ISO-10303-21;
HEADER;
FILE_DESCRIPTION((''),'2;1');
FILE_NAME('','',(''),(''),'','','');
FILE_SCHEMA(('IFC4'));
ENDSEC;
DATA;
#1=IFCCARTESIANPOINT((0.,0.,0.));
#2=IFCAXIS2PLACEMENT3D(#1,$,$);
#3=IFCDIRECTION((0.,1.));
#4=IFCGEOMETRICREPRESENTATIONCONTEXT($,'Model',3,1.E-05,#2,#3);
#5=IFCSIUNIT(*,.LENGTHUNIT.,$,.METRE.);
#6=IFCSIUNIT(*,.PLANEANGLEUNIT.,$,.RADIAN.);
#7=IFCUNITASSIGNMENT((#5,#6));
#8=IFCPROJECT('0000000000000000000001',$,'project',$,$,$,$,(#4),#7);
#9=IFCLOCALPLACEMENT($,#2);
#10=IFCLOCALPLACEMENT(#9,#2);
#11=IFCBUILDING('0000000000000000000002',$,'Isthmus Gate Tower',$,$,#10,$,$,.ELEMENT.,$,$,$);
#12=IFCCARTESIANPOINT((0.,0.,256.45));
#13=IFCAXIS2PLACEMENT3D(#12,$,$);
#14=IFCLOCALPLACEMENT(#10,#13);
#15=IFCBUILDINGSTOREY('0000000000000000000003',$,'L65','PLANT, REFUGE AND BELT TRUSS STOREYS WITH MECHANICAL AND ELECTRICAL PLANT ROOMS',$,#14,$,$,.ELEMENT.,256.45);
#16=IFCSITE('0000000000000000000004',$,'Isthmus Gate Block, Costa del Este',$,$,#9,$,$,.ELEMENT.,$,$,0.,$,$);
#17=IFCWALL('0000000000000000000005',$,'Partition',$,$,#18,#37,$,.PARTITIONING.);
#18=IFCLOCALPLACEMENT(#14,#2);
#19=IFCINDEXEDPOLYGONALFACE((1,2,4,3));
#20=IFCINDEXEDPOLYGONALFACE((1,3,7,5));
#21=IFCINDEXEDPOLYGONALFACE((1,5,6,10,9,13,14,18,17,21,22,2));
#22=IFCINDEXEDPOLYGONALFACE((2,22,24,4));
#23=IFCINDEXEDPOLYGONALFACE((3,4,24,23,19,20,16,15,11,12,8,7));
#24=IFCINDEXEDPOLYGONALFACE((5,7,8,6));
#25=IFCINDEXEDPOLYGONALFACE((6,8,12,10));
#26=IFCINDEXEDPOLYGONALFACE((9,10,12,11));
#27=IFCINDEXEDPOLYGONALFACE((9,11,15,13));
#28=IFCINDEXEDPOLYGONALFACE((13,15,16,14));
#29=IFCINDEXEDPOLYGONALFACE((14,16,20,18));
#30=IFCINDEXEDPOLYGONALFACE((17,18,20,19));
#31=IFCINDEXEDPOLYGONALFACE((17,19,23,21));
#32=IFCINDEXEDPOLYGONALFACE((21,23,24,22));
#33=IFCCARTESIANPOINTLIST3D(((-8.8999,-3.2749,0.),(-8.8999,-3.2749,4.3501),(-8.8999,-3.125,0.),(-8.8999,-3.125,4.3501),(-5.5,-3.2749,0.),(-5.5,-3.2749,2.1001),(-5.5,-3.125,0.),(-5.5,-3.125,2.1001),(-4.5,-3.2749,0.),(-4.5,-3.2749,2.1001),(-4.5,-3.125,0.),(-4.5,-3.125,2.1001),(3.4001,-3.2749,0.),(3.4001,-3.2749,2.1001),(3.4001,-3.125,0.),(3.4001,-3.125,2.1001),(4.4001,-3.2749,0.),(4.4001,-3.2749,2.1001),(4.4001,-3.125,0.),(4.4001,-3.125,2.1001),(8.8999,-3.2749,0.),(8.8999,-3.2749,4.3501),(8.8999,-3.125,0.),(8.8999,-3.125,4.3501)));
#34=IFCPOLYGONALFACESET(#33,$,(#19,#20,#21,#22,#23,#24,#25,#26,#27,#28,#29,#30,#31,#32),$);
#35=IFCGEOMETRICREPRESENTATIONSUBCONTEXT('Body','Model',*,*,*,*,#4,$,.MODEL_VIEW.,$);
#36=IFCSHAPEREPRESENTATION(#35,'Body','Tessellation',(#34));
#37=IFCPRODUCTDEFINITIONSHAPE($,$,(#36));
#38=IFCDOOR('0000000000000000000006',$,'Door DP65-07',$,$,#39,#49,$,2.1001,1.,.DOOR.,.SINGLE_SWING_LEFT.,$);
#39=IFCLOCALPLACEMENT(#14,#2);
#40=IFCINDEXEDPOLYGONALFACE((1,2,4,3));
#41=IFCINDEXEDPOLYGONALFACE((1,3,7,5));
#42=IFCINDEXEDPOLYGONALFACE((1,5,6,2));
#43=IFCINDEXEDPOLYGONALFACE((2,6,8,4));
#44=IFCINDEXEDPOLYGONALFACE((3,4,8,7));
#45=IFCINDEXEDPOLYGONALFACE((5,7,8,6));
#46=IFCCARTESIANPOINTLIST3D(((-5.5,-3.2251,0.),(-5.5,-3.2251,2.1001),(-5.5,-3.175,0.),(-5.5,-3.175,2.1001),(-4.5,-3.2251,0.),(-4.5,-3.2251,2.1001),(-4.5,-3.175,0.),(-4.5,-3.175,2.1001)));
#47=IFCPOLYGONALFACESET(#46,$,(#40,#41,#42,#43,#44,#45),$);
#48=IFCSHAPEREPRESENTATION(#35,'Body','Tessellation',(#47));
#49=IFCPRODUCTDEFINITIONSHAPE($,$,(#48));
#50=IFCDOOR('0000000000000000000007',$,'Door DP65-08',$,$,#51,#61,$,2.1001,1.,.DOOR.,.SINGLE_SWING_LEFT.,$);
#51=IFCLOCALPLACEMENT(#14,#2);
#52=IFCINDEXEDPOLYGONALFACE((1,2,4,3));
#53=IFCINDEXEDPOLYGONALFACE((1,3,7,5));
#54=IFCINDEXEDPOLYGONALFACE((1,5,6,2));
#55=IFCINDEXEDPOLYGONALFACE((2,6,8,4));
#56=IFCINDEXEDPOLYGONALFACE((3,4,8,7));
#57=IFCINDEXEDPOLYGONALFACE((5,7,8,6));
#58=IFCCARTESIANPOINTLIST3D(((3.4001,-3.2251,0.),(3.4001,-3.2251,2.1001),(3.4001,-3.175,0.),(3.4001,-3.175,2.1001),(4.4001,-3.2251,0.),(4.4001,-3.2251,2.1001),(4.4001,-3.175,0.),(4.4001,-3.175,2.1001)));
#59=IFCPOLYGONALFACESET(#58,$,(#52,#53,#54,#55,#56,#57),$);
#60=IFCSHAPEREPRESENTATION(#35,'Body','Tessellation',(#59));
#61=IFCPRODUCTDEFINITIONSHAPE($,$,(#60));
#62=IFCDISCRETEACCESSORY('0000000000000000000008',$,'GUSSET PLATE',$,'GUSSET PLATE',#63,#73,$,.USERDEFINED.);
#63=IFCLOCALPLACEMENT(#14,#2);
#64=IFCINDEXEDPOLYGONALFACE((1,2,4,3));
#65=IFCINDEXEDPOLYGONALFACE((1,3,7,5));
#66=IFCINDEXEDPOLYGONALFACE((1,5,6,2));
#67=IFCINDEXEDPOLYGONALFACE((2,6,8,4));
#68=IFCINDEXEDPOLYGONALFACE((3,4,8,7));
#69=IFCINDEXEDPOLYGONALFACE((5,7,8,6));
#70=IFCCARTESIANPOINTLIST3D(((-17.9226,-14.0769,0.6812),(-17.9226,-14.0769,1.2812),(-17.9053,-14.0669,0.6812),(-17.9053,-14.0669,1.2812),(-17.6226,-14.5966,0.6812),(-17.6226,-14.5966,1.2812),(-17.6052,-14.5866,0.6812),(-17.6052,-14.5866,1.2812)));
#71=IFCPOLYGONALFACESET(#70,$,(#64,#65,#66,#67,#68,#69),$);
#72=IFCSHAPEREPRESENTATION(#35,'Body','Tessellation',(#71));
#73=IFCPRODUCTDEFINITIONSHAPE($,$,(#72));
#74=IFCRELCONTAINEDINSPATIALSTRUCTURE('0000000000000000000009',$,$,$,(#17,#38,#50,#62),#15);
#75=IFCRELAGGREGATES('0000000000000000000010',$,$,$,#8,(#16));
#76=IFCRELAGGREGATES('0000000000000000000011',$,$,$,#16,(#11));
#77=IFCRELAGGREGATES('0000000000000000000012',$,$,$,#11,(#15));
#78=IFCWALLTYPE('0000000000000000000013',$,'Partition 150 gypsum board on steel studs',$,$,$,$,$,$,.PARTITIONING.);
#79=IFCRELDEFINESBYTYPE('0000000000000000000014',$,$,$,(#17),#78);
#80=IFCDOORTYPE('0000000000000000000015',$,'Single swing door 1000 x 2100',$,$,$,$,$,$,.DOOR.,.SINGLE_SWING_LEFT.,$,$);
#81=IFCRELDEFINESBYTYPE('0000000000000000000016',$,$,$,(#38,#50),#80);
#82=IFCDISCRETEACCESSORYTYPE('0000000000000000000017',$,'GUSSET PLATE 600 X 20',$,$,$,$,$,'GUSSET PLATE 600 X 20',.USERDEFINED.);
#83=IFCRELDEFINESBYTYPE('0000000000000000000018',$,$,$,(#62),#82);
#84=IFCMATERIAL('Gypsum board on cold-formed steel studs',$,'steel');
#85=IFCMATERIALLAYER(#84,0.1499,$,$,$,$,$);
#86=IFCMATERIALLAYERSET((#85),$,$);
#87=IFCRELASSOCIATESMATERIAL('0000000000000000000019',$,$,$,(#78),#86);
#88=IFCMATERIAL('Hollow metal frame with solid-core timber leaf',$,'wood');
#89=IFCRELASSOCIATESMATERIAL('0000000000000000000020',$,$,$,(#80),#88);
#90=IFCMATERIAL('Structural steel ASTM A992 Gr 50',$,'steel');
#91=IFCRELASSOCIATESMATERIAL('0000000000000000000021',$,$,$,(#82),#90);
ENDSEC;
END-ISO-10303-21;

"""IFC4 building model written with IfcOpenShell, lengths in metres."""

from ifc_helpers import new_model, si_unit, direction, frame, frame_2d, origin, origin_2d, place, context, subcontext, project, spatial, rectangle, extrude, material, layer, layer_set, type_object, element, fill, save


model = new_model("IFC4")

# Units and contexts
model_context = context("Model", 3, precision=1e-05, world=origin(), true_north=direction((0.0, 1.0)))
body_context = subcontext(model_context, "Body", "Model", "MODEL_VIEW")
ifc_project = project(units=[si_unit("LENGTHUNIT", "METRE"), si_unit("PLANEANGLEUNIT", "RADIAN")], contexts=[model_context])

# Site, building, storey
site_placement = place(None, origin())
site = spatial("IfcSite", under=ifc_project, at=site_placement, Name="Isthmus Gate Block, Costa del Este", CompositionType="ELEMENT", RefElevation=0.0)
building_placement = place(site_placement, origin())
building = spatial("IfcBuilding", under=site, at=building_placement, Name="Isthmus Gate Tower", CompositionType="ELEMENT")
storey_placement = place(building_placement, frame((0.0, 0.0, 256.45)))
storey = spatial("IfcBuildingStorey", under=building, at=storey_placement, Name="L65", Description="PLANT, REFUGE AND BELT TRUSS STOREYS WITH MECHANICAL AND ELECTRICAL PLANT ROOMS", CompositionType="ELEMENT", Elevation=256.45)

# Wall, openings, doors
ifc_material_1 = material(Name="Gypsum board on cold-formed steel studs", Category="steel")
ifc_layer_1 = layer(ifc_material_1, 0.1499)
ifc_layer_set_1 = layer_set([ifc_layer_1])
wall_type_1 = type_object("IfcWallType", Name="Partition 150 gypsum board on steel studs", PredefinedType="PARTITIONING", material=ifc_layer_set_1)
wall_1_placement = place(storey_placement, frame((-8.8999, -3.2, 0.0), z_axis=(0.0, 0.0, 1.0), x_axis=(1.0, 0.0, 0.0)))
wall_1 = element("IfcWall", 1, at=wall_1_placement, inside=storey, type_object=wall_type_1, Name="Partition", PredefinedType="PARTITIONING", context=body_context, shape_type="SweptSolid", body=[
    extrude(rectangle(XDim=17.7998, YDim=0.1499, at=frame_2d((8.8999, 0.0))), origin(), (0.0, 0.0, 1.0), 4.3501),
])
opening_1_placement = place(wall_1_placement, frame((3.3999, 0.0, 0.0)))
opening_1 = element("IfcOpeningElement", 2, at=opening_1_placement, cuts=wall_1, PredefinedType="OPENING", context=body_context, shape_type="SweptSolid", body=[
    extrude(rectangle(XDim=1.0, YDim=2.1001, at=frame_2d((0.5, 1.05))), frame((0.0, 0.085, 0.0), z_axis=(0.0, -1.0, 0.0), x_axis=(1.0, 0.0, 0.0)), (0.0, 0.0, 1.0), 0.1699),
])
opening_2_placement = place(wall_1_placement, frame((12.3, 0.0, 0.0)))
opening_2 = element("IfcOpeningElement", 3, at=opening_2_placement, cuts=wall_1, PredefinedType="OPENING", context=body_context, shape_type="SweptSolid", body=[
    extrude(rectangle(XDim=1.0, YDim=2.1001, at=frame_2d((0.5, 1.05))), frame((0.0, 0.085, 0.0), z_axis=(0.0, -1.0, 0.0), x_axis=(1.0, 0.0, 0.0)), (0.0, 0.0, 1.0), 0.1699),
])
ifc_material_2 = material(Name="Hollow metal frame with solid-core timber leaf", Category="wood")
door_type_1 = type_object("IfcDoorType", Name="Single swing door 1000 x 2100", OperationType="SINGLE_SWING_LEFT", PredefinedType="DOOR", material=ifc_material_2)
door_1_placement = place(opening_1_placement, origin())
door_1 = element("IfcDoor", 4, at=door_1_placement, inside=storey, type_object=door_type_1, Name="Door DP65-07", OperationType="SINGLE_SWING_LEFT", OverallHeight=2.1001, OverallWidth=1.0, PredefinedType="DOOR", context=body_context, shape_type="SweptSolid", body=[
    extrude(rectangle(XDim=1.0, YDim=2.1001, at=frame_2d((0.5, 1.05))), frame((0.0, 0.0249, 0.0), z_axis=(0.0, -1.0, 0.0), x_axis=(1.0, 0.0, 0.0)), (0.0, 0.0, 1.0), 0.05),
])
fill(opening_1, door_1)
door_2_placement = place(opening_2_placement, origin())
door_2 = element("IfcDoor", 5, at=door_2_placement, inside=storey, type_object=door_type_1, Name="Door DP65-08", OperationType="SINGLE_SWING_LEFT", OverallHeight=2.1001, OverallWidth=1.0, PredefinedType="DOOR", context=body_context, shape_type="SweptSolid", body=[
    extrude(rectangle(XDim=1.0, YDim=2.1001, at=frame_2d((0.5, 1.05))), frame((0.0, 0.0249, 0.0), z_axis=(0.0, -1.0, 0.0), x_axis=(1.0, 0.0, 0.0)), (0.0, 0.0, 1.0), 0.05),
])
fill(opening_2, door_2)

# Discrete accessory
ifc_material_3 = material(Name="Structural steel ASTM A992 Gr 50", Category="steel")
discrete_accessory_type = type_object("IfcDiscreteAccessoryType", Name="GUSSET PLATE 600 X 20", ElementType="GUSSET PLATE 600 X 20", PredefinedType="USERDEFINED", material=ifc_material_3)
discrete_accessory_placement = place(storey_placement, frame((-17.7639, -14.3318, 0.6812), z_axis=(0.0, 0.0, 1.0), x_axis=(-0.5, 0.866025, 0.0)))
element("IfcDiscreteAccessory", 6, at=discrete_accessory_placement, inside=storey, type_object=discrete_accessory_type, Name="GUSSET PLATE", ObjectType="GUSSET PLATE", PredefinedType="USERDEFINED", context=body_context, shape_type="SweptSolid", body=[
    extrude(rectangle(XDim=0.6001, YDim=0.02, at=origin_2d()), origin(), (0.0, 0.0, 1.0), 0.6001),
])

save(model, "model.ifc")
